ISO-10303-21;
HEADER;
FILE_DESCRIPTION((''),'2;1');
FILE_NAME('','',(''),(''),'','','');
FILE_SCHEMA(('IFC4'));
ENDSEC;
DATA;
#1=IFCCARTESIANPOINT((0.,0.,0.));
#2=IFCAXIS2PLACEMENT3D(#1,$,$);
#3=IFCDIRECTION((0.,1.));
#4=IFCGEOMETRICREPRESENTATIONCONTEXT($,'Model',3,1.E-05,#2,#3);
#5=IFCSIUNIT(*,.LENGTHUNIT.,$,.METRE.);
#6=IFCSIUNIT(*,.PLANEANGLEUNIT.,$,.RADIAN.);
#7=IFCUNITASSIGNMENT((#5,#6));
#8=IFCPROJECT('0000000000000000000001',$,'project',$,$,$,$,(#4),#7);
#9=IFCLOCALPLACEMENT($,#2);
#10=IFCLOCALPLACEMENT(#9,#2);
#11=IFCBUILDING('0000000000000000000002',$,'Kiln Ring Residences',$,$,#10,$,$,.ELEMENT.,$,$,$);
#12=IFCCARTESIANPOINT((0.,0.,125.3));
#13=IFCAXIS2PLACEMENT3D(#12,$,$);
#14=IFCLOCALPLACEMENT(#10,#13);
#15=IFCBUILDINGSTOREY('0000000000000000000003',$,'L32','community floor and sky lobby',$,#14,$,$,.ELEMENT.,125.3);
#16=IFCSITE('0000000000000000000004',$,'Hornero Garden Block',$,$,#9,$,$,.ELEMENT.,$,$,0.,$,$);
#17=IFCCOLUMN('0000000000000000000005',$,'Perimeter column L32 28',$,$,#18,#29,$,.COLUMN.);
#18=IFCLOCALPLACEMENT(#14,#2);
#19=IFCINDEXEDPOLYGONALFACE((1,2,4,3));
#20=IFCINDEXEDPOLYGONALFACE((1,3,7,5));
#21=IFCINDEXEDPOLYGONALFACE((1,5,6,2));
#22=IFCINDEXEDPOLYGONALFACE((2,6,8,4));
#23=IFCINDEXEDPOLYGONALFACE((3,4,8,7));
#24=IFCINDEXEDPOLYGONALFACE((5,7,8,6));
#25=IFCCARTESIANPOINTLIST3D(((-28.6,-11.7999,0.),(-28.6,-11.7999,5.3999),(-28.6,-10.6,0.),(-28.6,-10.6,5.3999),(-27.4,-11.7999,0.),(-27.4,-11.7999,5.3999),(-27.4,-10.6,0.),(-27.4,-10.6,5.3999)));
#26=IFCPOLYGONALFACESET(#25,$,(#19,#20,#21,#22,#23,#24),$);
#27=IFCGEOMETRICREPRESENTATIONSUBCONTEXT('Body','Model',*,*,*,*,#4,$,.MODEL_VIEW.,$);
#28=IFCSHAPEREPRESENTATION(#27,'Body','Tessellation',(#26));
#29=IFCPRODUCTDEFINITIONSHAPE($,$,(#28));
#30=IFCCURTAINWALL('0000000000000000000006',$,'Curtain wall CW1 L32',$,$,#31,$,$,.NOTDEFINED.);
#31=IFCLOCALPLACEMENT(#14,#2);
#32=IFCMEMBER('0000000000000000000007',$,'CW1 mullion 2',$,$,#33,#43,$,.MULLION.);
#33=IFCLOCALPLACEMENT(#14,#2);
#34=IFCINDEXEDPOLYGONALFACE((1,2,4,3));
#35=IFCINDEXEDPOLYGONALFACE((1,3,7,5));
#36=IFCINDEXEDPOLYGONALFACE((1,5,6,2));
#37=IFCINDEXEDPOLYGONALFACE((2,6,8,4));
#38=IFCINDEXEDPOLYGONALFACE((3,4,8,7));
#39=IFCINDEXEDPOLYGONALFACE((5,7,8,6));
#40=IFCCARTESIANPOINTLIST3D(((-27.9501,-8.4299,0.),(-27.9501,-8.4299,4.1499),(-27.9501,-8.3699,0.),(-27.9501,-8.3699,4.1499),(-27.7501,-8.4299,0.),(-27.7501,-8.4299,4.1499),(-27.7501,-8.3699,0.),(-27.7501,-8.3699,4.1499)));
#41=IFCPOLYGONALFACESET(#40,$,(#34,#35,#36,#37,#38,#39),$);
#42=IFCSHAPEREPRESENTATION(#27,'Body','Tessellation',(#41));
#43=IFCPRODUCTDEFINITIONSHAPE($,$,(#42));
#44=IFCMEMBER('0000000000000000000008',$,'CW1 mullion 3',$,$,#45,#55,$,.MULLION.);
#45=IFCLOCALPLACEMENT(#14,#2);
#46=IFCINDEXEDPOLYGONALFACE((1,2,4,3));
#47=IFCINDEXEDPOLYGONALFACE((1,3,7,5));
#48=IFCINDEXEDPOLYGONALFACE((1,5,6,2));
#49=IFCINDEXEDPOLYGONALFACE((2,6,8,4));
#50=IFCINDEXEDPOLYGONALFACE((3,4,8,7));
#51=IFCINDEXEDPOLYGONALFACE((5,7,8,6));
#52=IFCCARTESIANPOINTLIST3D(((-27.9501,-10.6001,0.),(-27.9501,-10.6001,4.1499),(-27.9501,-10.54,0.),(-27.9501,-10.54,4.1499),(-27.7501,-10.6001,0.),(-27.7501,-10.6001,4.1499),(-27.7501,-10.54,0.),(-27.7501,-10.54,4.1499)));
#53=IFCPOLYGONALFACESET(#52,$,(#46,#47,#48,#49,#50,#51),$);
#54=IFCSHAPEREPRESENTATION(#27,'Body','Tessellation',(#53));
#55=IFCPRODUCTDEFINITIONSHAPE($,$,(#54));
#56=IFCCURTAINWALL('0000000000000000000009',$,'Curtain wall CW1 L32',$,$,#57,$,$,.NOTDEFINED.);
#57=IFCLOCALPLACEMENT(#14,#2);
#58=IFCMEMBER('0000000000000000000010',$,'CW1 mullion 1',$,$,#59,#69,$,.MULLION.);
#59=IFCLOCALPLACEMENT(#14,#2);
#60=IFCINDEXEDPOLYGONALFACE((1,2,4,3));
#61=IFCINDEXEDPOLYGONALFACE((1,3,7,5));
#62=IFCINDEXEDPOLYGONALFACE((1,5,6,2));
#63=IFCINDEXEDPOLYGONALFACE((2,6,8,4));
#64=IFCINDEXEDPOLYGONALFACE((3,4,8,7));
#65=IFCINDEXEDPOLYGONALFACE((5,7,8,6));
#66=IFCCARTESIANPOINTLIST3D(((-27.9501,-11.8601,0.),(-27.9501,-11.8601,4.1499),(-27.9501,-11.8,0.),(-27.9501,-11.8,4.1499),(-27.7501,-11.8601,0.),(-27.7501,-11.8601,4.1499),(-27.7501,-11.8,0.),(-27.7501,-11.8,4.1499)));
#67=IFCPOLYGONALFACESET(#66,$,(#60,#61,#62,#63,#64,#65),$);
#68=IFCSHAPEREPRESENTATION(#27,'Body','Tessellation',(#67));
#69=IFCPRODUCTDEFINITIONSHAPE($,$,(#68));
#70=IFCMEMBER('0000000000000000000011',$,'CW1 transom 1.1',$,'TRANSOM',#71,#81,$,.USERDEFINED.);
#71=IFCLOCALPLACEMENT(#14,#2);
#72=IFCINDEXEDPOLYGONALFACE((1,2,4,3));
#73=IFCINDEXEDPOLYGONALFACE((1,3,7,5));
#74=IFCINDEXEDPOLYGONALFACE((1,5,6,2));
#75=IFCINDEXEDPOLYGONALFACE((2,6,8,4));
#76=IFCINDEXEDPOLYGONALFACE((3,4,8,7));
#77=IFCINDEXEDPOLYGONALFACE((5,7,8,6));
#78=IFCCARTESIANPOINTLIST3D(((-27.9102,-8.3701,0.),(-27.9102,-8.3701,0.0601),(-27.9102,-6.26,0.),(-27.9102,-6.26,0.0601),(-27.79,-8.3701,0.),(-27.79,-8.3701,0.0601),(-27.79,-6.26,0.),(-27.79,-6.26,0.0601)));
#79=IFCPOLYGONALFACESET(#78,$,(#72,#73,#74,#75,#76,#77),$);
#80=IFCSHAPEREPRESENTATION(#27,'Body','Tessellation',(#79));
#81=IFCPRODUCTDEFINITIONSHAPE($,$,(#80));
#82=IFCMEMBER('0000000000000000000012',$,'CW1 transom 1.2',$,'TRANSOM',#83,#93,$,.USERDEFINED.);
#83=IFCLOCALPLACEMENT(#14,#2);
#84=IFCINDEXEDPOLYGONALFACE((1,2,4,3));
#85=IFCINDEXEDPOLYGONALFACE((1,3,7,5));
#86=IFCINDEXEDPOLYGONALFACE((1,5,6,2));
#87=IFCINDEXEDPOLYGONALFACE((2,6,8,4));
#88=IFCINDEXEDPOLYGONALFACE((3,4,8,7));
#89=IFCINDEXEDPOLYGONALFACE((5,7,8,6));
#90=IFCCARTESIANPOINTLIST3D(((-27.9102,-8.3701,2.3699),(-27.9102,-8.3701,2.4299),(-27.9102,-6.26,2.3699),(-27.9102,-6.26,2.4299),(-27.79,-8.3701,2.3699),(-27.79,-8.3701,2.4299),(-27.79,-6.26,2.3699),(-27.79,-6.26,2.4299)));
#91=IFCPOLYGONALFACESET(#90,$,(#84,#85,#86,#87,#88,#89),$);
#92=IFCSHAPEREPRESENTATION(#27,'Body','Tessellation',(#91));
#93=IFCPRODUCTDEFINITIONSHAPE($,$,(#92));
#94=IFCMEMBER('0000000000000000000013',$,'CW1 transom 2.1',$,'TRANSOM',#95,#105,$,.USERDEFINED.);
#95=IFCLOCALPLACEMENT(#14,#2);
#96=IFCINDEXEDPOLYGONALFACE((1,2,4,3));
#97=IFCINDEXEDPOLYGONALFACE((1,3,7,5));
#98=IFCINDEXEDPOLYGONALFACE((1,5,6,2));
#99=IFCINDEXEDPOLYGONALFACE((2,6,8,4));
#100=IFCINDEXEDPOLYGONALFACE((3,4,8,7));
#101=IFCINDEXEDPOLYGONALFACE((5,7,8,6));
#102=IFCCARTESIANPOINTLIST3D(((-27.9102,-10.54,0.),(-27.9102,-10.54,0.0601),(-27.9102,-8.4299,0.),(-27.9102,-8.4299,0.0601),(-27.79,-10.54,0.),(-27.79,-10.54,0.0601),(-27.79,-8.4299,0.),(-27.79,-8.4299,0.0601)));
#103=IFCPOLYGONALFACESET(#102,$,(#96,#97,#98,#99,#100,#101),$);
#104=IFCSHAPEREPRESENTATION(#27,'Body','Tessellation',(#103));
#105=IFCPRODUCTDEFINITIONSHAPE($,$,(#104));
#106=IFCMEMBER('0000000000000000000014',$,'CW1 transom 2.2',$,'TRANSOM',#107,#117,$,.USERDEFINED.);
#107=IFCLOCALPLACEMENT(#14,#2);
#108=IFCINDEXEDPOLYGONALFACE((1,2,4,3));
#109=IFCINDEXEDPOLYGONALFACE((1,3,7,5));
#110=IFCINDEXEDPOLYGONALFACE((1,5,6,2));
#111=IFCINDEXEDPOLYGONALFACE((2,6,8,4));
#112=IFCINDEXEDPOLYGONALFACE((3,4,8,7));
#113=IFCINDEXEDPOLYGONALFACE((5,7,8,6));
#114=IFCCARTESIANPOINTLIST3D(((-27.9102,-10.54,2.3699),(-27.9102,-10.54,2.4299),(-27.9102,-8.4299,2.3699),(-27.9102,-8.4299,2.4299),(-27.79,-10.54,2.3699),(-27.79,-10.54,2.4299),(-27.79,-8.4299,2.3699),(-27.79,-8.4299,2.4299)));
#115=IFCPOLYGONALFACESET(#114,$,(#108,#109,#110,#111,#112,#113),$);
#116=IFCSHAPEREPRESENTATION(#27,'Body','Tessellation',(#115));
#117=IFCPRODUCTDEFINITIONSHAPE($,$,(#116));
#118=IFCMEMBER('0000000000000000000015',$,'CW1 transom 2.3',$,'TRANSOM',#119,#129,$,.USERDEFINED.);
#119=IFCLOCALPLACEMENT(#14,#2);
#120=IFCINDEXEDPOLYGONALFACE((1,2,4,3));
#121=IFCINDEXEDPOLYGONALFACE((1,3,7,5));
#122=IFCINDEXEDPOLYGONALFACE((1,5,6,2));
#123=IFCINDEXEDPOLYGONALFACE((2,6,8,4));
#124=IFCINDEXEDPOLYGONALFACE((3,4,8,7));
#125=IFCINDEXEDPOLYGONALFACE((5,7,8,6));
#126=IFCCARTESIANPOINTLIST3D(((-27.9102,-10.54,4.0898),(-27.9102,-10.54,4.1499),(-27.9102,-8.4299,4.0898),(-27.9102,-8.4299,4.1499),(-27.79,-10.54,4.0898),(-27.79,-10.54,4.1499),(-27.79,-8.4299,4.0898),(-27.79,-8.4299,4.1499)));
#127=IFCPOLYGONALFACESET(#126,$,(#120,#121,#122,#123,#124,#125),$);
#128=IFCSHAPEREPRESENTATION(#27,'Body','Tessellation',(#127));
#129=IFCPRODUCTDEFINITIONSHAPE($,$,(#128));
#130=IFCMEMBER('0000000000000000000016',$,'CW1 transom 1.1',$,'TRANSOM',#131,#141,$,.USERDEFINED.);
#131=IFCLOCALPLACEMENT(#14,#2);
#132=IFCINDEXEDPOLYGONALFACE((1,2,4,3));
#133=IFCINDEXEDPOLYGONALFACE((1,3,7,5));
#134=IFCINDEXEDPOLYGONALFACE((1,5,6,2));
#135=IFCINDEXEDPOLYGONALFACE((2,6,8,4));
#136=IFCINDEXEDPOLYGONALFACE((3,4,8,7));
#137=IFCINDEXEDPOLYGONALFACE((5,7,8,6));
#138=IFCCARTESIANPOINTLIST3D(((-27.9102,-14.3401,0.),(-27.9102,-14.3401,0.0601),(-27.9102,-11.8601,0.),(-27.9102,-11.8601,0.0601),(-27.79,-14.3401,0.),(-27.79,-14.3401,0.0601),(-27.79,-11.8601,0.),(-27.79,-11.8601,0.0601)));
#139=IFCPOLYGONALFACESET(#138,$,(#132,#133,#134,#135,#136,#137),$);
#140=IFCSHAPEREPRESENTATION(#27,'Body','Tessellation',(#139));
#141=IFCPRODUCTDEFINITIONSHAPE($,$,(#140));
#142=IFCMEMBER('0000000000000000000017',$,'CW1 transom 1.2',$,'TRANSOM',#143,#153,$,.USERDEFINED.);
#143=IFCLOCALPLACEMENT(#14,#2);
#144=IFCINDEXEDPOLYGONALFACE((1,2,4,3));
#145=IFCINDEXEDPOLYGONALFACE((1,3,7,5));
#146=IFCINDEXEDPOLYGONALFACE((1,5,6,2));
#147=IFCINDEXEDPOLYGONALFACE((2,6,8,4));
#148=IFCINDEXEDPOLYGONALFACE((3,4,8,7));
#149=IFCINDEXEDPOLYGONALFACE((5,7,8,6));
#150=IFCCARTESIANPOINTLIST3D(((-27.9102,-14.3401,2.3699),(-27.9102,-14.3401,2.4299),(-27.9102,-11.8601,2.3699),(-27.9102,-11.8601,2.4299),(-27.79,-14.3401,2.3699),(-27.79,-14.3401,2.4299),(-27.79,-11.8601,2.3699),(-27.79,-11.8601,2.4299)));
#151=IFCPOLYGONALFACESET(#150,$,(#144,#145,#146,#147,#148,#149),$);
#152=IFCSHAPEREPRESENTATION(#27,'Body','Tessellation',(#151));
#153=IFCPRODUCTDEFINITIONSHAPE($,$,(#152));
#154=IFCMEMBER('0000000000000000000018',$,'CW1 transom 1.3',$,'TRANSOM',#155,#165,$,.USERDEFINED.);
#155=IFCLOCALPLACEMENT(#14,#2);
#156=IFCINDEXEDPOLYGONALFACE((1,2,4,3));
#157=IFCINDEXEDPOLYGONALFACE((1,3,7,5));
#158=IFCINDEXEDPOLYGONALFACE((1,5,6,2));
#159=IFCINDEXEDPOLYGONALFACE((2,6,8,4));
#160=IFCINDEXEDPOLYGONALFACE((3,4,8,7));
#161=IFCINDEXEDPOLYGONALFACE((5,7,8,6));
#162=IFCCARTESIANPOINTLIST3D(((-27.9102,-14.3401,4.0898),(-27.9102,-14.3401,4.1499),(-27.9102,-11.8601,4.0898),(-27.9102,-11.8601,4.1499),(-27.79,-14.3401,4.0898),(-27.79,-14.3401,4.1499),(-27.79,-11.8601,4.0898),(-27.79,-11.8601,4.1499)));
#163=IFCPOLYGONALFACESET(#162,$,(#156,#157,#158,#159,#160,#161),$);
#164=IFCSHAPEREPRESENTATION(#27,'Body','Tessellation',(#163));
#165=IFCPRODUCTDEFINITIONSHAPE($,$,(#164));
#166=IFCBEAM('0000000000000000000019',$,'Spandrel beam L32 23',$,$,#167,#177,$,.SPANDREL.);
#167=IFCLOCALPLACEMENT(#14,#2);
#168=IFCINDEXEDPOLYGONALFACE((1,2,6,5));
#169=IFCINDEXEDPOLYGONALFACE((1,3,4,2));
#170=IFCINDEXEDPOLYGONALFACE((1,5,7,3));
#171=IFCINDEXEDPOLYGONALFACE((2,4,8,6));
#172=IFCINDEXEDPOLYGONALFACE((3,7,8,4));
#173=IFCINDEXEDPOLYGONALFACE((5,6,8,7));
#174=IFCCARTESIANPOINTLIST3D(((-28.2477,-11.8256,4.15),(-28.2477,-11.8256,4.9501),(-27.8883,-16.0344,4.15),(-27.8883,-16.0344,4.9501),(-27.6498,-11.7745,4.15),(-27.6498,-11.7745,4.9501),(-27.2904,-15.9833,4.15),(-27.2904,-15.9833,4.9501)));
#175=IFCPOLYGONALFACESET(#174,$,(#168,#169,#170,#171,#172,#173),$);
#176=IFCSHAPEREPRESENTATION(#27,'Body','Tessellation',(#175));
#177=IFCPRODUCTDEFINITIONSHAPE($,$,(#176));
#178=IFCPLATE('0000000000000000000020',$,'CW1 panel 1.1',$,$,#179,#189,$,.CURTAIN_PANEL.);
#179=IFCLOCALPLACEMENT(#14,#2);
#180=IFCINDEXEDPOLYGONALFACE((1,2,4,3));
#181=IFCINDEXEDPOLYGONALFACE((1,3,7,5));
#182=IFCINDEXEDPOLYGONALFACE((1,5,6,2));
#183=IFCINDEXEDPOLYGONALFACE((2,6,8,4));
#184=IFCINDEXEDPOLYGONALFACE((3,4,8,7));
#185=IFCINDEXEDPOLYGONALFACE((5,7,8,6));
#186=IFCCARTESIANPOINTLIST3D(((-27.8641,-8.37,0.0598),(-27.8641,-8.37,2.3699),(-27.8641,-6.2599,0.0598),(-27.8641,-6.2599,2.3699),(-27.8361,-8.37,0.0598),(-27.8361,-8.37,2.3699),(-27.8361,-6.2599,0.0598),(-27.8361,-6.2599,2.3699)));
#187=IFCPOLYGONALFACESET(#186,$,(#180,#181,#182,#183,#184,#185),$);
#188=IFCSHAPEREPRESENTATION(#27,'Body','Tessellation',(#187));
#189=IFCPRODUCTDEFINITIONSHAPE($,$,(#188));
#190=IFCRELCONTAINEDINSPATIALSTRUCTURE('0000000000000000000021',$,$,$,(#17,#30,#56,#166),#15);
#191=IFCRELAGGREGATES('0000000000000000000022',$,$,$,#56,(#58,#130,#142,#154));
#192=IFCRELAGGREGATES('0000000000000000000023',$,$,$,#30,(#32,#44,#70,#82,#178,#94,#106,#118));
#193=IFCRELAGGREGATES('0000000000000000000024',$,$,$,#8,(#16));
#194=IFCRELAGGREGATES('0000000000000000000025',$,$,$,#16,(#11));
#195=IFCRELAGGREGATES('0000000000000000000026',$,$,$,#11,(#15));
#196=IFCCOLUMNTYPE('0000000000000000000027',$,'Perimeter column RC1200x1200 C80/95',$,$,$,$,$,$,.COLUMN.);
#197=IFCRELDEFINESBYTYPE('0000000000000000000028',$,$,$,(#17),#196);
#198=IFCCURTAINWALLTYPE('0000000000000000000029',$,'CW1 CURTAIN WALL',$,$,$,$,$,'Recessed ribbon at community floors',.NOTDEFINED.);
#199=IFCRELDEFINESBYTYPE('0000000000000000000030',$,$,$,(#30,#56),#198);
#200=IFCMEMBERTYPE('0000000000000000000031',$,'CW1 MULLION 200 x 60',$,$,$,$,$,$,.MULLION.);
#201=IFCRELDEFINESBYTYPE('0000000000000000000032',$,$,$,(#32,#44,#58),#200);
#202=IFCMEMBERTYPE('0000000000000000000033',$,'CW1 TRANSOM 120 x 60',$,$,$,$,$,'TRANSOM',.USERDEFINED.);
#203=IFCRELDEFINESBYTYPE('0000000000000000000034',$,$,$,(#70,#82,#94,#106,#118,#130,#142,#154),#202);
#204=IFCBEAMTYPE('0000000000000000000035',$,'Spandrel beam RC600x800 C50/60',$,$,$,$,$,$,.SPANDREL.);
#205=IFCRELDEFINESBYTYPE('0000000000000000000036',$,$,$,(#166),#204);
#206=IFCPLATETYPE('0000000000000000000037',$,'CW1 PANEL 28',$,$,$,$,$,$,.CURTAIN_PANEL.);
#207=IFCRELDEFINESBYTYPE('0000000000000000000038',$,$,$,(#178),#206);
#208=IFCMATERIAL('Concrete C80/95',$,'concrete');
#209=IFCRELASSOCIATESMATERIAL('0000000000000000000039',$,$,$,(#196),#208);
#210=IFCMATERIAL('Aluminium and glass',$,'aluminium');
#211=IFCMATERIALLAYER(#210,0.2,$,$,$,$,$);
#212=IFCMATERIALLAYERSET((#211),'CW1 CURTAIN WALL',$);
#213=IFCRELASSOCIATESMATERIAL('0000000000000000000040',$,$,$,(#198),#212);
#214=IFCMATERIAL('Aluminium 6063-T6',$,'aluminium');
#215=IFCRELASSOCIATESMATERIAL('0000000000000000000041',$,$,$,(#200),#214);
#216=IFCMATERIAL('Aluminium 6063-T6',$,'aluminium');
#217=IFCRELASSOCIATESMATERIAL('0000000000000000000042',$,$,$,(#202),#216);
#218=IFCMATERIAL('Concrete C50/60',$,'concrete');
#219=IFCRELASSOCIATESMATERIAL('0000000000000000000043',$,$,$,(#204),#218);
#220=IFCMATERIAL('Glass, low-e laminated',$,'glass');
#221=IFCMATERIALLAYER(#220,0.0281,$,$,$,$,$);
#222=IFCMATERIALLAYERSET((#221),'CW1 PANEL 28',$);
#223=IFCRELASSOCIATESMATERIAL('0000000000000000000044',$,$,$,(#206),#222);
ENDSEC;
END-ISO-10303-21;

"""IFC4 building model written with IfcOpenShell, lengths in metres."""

from ifc_helpers import new_model, si_unit, direction, frame, origin, origin_2d, place, context, subcontext, project, spatial, rectangle, extrude, material, layer, layer_set, material_profile, profile_set, type_object, element, aggregate, save


model = new_model("IFC4")

# Units and contexts
model_context = context("Model", 3, precision=1e-05, world=origin(), true_north=direction((0.0, 1.0)))
body_context = subcontext(model_context, "Body", "Model", "MODEL_VIEW")
ifc_project = project(units=[si_unit("LENGTHUNIT", "METRE"), si_unit("PLANEANGLEUNIT", "RADIAN")], contexts=[model_context])

# Site, building, storey
site_placement = place(None, origin())
site = spatial("IfcSite", under=ifc_project, at=site_placement, Name="Hornero Garden Block", CompositionType="ELEMENT", RefElevation=0.0)
building_placement = place(site_placement, origin())
building = spatial("IfcBuilding", under=site, at=building_placement, Name="Kiln Ring Residences", CompositionType="ELEMENT")
storey_placement = place(building_placement, frame((0.0, 0.0, 125.3)))
storey = spatial("IfcBuildingStorey", under=building, at=storey_placement, Name="L32", Description="community floor and sky lobby", CompositionType="ELEMENT", Elevation=125.3)

# Column
ifc_material_1 = material(Name="Concrete C80/95", Category="concrete")
ifc_material_profile_1 = material_profile(ifc_material_1, rectangle(XDim=1.2, YDim=1.2, at=origin_2d()), Name="RC1200x1200")
ifc_profile_set_1 = profile_set([ifc_material_profile_1], Name="Concrete C80/95")
column_type = type_object("IfcColumnType", Name="Perimeter column RC1200x1200 C80/95", PredefinedType="COLUMN", material=ifc_profile_set_1)
column_placement = place(storey_placement, frame((-28.0, -11.2, 0.0), z_axis=(0.0, 0.0, 1.0), x_axis=(1.0, 0.0, 0.0)))
element("IfcColumn", 1, at=column_placement, inside=storey, type_object=column_type, Name="Perimeter column L32 28", PredefinedType="COLUMN", context=body_context, shape_type="SweptSolid", body=[
    extrude(rectangle(XDim=1.2, YDim=1.2, at=origin_2d()), origin(), (0.0, 0.0, 1.0), 5.3999),
])

# Curtain wall, members
ifc_material_2 = material(Name="Aluminium and glass", Category="aluminium")
ifc_layer_1 = layer(ifc_material_2, 0.2)
ifc_layer_set_1 = layer_set([ifc_layer_1], Name="CW1 CURTAIN WALL")
curtain_wall_type = type_object("IfcCurtainWallType", Name="CW1 CURTAIN WALL", ElementType="Recessed ribbon at community floors", PredefinedType="NOTDEFINED", material=ifc_layer_set_1)
placement = place(storey_placement, origin())
curtain_wall_1 = element("IfcCurtainWall", 2, at=placement, inside=storey, type_object=curtain_wall_type, Name="Curtain wall CW1 L32", PredefinedType="NOTDEFINED")
ifc_material_3 = material(Name="Aluminium 6063-T6", Category="aluminium")
ifc_material_profile_2 = material_profile(ifc_material_3, rectangle(XDim=0.2, YDim=0.0601, at=origin_2d()), Name="AL 200x60")
ifc_profile_set_2 = profile_set([ifc_material_profile_2], Name="Aluminium 6063-T6")
member_type_1 = type_object("IfcMemberType", Name="CW1 MULLION 200 x 60", PredefinedType="MULLION", material=ifc_profile_set_2)
member_1_placement = place(storey_placement, frame((-27.8501, -8.3999, 0.0), z_axis=(0.0, 0.0, 1.0), x_axis=(1.0, 0.0, 0.0)))
member_1 = element("IfcMember", 3, at=member_1_placement, type_object=member_type_1, Name="CW1 mullion 2", PredefinedType="MULLION", context=body_context, shape_type="SweptSolid", body=[
    extrude(rectangle(XDim=0.2, YDim=0.0601, at=origin_2d()), origin(), (0.0, 0.0, 1.0), 4.1499),
])
member_2_placement = place(storey_placement, frame((-27.8501, -10.5701, 0.0), z_axis=(0.0, 0.0, 1.0), x_axis=(1.0, 0.0, 0.0)))
member_2 = element("IfcMember", 4, at=member_2_placement, type_object=member_type_1, Name="CW1 mullion 3", PredefinedType="MULLION", context=body_context, shape_type="SweptSolid", body=[
    extrude(rectangle(XDim=0.2, YDim=0.0601, at=origin_2d()), origin(), (0.0, 0.0, 1.0), 4.1499),
])

# Curtain wall, member
curtain_wall_2 = element("IfcCurtainWall", 5, at=placement, inside=storey, type_object=curtain_wall_type, Name="Curtain wall CW1 L32", PredefinedType="NOTDEFINED")
member_3_placement = place(storey_placement, frame((-27.8501, -11.8301, 0.0), z_axis=(0.0, 0.0, 1.0), x_axis=(1.0, 0.0, 0.0)))
member_3 = element("IfcMember", 6, at=member_3_placement, type_object=member_type_1, Name="CW1 mullion 1", PredefinedType="MULLION", context=body_context, shape_type="SweptSolid", body=[
    extrude(rectangle(XDim=0.2, YDim=0.0601, at=origin_2d()), origin(), (0.0, 0.0, 1.0), 4.1499),
])

# Members
ifc_material_4 = material(Name="Aluminium 6063-T6", Category="aluminium")
ifc_material_profile_3 = material_profile(ifc_material_4, rectangle(XDim=0.1201, YDim=0.0601, at=origin_2d()), Name="AL 120x60")
ifc_profile_set_3 = profile_set([ifc_material_profile_3], Name="Aluminium 6063-T6")
member_type_2 = type_object("IfcMemberType", Name="CW1 TRANSOM 120 x 60", ElementType="TRANSOM", PredefinedType="USERDEFINED", material=ifc_profile_set_3)
member_4_placement = place(storey_placement, frame((-27.8501, -6.26, 0.03), z_axis=(0.0, -1.0, 0.0), x_axis=(1.0, 0.0, 0.0)))
member_4 = element("IfcMember", 7, at=member_4_placement, type_object=member_type_2, Name="CW1 transom 1.1", ObjectType="TRANSOM", PredefinedType="USERDEFINED", context=body_context, shape_type="SweptSolid", body=[
    extrude(rectangle(XDim=0.1201, YDim=0.0601, at=origin_2d()), origin(), (0.0, 0.0, 1.0), 2.1101),
])
member_5_placement = place(storey_placement, frame((-27.8501, -6.26, 2.3999), z_axis=(0.0, -1.0, 0.0), x_axis=(1.0, 0.0, 0.0)))
member_5 = element("IfcMember", 8, at=member_5_placement, type_object=member_type_2, Name="CW1 transom 1.2", ObjectType="TRANSOM", PredefinedType="USERDEFINED", context=body_context, shape_type="SweptSolid", body=[
    extrude(rectangle(XDim=0.1201, YDim=0.0601, at=origin_2d()), origin(), (0.0, 0.0, 1.0), 2.1101),
])
member_6_placement = place(storey_placement, frame((-27.8501, -8.4299, 0.03), z_axis=(0.0, -1.0, 0.0), x_axis=(1.0, 0.0, 0.0)))
member_6 = element("IfcMember", 9, at=member_6_placement, type_object=member_type_2, Name="CW1 transom 2.1", ObjectType="TRANSOM", PredefinedType="USERDEFINED", context=body_context, shape_type="SweptSolid", body=[
    extrude(rectangle(XDim=0.1201, YDim=0.0601, at=origin_2d()), origin(), (0.0, 0.0, 1.0), 2.1101),
])
member_7_placement = place(storey_placement, frame((-27.8501, -8.4299, 2.3999), z_axis=(0.0, -1.0, 0.0), x_axis=(1.0, 0.0, 0.0)))
member_7 = element("IfcMember", 10, at=member_7_placement, type_object=member_type_2, Name="CW1 transom 2.2", ObjectType="TRANSOM", PredefinedType="USERDEFINED", context=body_context, shape_type="SweptSolid", body=[
    extrude(rectangle(XDim=0.1201, YDim=0.0601, at=origin_2d()), origin(), (0.0, 0.0, 1.0), 2.1101),
])
member_8_placement = place(storey_placement, frame((-27.8501, -8.4299, 4.1199), z_axis=(0.0, -1.0, 0.0), x_axis=(1.0, 0.0, 0.0)))
member_8 = element("IfcMember", 11, at=member_8_placement, type_object=member_type_2, Name="CW1 transom 2.3", ObjectType="TRANSOM", PredefinedType="USERDEFINED", context=body_context, shape_type="SweptSolid", body=[
    extrude(rectangle(XDim=0.1201, YDim=0.0601, at=origin_2d()), origin(), (0.0, 0.0, 1.0), 2.1101),
])
member_9_placement = place(storey_placement, frame((-27.8501, -11.8601, 0.03), z_axis=(0.0, -1.0, 0.0), x_axis=(1.0, 0.0, 0.0)))
member_9 = element("IfcMember", 12, at=member_9_placement, type_object=member_type_2, Name="CW1 transom 1.1", ObjectType="TRANSOM", PredefinedType="USERDEFINED", context=body_context, shape_type="SweptSolid", body=[
    extrude(rectangle(XDim=0.1201, YDim=0.0601, at=origin_2d()), origin(), (0.0, 0.0, 1.0), 2.48),
])
member_10_placement = place(storey_placement, frame((-27.8501, -11.8601, 2.3999), z_axis=(0.0, -1.0, 0.0), x_axis=(1.0, 0.0, 0.0)))
member_10 = element("IfcMember", 13, at=member_10_placement, type_object=member_type_2, Name="CW1 transom 1.2", ObjectType="TRANSOM", PredefinedType="USERDEFINED", context=body_context, shape_type="SweptSolid", body=[
    extrude(rectangle(XDim=0.1201, YDim=0.0601, at=origin_2d()), origin(), (0.0, 0.0, 1.0), 2.48),
])
member_11_placement = place(storey_placement, frame((-27.8501, -11.8601, 4.1199), z_axis=(0.0, -1.0, 0.0), x_axis=(1.0, 0.0, 0.0)))
member_11 = element("IfcMember", 14, at=member_11_placement, type_object=member_type_2, Name="CW1 transom 1.3", ObjectType="TRANSOM", PredefinedType="USERDEFINED", context=body_context, shape_type="SweptSolid", body=[
    extrude(rectangle(XDim=0.1201, YDim=0.0601, at=origin_2d()), origin(), (0.0, 0.0, 1.0), 2.48),
])
aggregate(curtain_wall_2, [member_3, member_9, member_10, member_11])

# Beam
ifc_material_5 = material(Name="Concrete C50/60", Category="concrete")
ifc_material_profile_4 = material_profile(ifc_material_5, rectangle(XDim=0.6001, YDim=0.8, at=origin_2d()), Name="RC600x800")
ifc_profile_set_4 = profile_set([ifc_material_profile_4], Name="Concrete C50/60")
beam_type = type_object("IfcBeamType", Name="Spandrel beam RC600x800 C50/60", PredefinedType="SPANDREL", material=ifc_profile_set_4)
beam_placement = place(storey_placement, frame((-27.9487, -11.8, 4.55), z_axis=(0.085078, -0.996374, 0.0), x_axis=(0.996374, 0.085078, 0.0)))
element("IfcBeam", 15, at=beam_placement, inside=storey, type_object=beam_type, Name="Spandrel beam L32 23", PredefinedType="SPANDREL", context=body_context, shape_type="SweptSolid", body=[
    extrude(rectangle(XDim=0.6001, YDim=0.8, at=origin_2d()), origin(), (0.0, 0.0, 1.0), 4.2241),
])

# Plate
ifc_material_6 = material(Name="Glass, low-e laminated", Category="glass")
ifc_layer_2 = layer(ifc_material_6, 0.0281)
ifc_layer_set_2 = layer_set([ifc_layer_2], Name="CW1 PANEL 28")
plate_type = type_object("IfcPlateType", Name="CW1 PANEL 28", PredefinedType="CURTAIN_PANEL", material=ifc_layer_set_2)
plate_1_placement = place(storey_placement, frame((-27.8501, -7.3149, 0.0598), z_axis=(0.0, 0.0, 1.0), x_axis=(0.0, -1.0, 0.0)))
plate_1 = element("IfcPlate", 16, at=plate_1_placement, type_object=plate_type, Name="CW1 panel 1.1", PredefinedType="CURTAIN_PANEL", context=body_context, shape_type="SweptSolid", body=[
    extrude(rectangle(XDim=2.1101, YDim=0.0281, at=origin_2d()), origin(), (0.0, 0.0, 1.0), 2.3101),
])
aggregate(curtain_wall_1, [member_1, member_2, member_4, member_5, plate_1, member_6, member_7, member_8])

save(model, "model.ifc")
